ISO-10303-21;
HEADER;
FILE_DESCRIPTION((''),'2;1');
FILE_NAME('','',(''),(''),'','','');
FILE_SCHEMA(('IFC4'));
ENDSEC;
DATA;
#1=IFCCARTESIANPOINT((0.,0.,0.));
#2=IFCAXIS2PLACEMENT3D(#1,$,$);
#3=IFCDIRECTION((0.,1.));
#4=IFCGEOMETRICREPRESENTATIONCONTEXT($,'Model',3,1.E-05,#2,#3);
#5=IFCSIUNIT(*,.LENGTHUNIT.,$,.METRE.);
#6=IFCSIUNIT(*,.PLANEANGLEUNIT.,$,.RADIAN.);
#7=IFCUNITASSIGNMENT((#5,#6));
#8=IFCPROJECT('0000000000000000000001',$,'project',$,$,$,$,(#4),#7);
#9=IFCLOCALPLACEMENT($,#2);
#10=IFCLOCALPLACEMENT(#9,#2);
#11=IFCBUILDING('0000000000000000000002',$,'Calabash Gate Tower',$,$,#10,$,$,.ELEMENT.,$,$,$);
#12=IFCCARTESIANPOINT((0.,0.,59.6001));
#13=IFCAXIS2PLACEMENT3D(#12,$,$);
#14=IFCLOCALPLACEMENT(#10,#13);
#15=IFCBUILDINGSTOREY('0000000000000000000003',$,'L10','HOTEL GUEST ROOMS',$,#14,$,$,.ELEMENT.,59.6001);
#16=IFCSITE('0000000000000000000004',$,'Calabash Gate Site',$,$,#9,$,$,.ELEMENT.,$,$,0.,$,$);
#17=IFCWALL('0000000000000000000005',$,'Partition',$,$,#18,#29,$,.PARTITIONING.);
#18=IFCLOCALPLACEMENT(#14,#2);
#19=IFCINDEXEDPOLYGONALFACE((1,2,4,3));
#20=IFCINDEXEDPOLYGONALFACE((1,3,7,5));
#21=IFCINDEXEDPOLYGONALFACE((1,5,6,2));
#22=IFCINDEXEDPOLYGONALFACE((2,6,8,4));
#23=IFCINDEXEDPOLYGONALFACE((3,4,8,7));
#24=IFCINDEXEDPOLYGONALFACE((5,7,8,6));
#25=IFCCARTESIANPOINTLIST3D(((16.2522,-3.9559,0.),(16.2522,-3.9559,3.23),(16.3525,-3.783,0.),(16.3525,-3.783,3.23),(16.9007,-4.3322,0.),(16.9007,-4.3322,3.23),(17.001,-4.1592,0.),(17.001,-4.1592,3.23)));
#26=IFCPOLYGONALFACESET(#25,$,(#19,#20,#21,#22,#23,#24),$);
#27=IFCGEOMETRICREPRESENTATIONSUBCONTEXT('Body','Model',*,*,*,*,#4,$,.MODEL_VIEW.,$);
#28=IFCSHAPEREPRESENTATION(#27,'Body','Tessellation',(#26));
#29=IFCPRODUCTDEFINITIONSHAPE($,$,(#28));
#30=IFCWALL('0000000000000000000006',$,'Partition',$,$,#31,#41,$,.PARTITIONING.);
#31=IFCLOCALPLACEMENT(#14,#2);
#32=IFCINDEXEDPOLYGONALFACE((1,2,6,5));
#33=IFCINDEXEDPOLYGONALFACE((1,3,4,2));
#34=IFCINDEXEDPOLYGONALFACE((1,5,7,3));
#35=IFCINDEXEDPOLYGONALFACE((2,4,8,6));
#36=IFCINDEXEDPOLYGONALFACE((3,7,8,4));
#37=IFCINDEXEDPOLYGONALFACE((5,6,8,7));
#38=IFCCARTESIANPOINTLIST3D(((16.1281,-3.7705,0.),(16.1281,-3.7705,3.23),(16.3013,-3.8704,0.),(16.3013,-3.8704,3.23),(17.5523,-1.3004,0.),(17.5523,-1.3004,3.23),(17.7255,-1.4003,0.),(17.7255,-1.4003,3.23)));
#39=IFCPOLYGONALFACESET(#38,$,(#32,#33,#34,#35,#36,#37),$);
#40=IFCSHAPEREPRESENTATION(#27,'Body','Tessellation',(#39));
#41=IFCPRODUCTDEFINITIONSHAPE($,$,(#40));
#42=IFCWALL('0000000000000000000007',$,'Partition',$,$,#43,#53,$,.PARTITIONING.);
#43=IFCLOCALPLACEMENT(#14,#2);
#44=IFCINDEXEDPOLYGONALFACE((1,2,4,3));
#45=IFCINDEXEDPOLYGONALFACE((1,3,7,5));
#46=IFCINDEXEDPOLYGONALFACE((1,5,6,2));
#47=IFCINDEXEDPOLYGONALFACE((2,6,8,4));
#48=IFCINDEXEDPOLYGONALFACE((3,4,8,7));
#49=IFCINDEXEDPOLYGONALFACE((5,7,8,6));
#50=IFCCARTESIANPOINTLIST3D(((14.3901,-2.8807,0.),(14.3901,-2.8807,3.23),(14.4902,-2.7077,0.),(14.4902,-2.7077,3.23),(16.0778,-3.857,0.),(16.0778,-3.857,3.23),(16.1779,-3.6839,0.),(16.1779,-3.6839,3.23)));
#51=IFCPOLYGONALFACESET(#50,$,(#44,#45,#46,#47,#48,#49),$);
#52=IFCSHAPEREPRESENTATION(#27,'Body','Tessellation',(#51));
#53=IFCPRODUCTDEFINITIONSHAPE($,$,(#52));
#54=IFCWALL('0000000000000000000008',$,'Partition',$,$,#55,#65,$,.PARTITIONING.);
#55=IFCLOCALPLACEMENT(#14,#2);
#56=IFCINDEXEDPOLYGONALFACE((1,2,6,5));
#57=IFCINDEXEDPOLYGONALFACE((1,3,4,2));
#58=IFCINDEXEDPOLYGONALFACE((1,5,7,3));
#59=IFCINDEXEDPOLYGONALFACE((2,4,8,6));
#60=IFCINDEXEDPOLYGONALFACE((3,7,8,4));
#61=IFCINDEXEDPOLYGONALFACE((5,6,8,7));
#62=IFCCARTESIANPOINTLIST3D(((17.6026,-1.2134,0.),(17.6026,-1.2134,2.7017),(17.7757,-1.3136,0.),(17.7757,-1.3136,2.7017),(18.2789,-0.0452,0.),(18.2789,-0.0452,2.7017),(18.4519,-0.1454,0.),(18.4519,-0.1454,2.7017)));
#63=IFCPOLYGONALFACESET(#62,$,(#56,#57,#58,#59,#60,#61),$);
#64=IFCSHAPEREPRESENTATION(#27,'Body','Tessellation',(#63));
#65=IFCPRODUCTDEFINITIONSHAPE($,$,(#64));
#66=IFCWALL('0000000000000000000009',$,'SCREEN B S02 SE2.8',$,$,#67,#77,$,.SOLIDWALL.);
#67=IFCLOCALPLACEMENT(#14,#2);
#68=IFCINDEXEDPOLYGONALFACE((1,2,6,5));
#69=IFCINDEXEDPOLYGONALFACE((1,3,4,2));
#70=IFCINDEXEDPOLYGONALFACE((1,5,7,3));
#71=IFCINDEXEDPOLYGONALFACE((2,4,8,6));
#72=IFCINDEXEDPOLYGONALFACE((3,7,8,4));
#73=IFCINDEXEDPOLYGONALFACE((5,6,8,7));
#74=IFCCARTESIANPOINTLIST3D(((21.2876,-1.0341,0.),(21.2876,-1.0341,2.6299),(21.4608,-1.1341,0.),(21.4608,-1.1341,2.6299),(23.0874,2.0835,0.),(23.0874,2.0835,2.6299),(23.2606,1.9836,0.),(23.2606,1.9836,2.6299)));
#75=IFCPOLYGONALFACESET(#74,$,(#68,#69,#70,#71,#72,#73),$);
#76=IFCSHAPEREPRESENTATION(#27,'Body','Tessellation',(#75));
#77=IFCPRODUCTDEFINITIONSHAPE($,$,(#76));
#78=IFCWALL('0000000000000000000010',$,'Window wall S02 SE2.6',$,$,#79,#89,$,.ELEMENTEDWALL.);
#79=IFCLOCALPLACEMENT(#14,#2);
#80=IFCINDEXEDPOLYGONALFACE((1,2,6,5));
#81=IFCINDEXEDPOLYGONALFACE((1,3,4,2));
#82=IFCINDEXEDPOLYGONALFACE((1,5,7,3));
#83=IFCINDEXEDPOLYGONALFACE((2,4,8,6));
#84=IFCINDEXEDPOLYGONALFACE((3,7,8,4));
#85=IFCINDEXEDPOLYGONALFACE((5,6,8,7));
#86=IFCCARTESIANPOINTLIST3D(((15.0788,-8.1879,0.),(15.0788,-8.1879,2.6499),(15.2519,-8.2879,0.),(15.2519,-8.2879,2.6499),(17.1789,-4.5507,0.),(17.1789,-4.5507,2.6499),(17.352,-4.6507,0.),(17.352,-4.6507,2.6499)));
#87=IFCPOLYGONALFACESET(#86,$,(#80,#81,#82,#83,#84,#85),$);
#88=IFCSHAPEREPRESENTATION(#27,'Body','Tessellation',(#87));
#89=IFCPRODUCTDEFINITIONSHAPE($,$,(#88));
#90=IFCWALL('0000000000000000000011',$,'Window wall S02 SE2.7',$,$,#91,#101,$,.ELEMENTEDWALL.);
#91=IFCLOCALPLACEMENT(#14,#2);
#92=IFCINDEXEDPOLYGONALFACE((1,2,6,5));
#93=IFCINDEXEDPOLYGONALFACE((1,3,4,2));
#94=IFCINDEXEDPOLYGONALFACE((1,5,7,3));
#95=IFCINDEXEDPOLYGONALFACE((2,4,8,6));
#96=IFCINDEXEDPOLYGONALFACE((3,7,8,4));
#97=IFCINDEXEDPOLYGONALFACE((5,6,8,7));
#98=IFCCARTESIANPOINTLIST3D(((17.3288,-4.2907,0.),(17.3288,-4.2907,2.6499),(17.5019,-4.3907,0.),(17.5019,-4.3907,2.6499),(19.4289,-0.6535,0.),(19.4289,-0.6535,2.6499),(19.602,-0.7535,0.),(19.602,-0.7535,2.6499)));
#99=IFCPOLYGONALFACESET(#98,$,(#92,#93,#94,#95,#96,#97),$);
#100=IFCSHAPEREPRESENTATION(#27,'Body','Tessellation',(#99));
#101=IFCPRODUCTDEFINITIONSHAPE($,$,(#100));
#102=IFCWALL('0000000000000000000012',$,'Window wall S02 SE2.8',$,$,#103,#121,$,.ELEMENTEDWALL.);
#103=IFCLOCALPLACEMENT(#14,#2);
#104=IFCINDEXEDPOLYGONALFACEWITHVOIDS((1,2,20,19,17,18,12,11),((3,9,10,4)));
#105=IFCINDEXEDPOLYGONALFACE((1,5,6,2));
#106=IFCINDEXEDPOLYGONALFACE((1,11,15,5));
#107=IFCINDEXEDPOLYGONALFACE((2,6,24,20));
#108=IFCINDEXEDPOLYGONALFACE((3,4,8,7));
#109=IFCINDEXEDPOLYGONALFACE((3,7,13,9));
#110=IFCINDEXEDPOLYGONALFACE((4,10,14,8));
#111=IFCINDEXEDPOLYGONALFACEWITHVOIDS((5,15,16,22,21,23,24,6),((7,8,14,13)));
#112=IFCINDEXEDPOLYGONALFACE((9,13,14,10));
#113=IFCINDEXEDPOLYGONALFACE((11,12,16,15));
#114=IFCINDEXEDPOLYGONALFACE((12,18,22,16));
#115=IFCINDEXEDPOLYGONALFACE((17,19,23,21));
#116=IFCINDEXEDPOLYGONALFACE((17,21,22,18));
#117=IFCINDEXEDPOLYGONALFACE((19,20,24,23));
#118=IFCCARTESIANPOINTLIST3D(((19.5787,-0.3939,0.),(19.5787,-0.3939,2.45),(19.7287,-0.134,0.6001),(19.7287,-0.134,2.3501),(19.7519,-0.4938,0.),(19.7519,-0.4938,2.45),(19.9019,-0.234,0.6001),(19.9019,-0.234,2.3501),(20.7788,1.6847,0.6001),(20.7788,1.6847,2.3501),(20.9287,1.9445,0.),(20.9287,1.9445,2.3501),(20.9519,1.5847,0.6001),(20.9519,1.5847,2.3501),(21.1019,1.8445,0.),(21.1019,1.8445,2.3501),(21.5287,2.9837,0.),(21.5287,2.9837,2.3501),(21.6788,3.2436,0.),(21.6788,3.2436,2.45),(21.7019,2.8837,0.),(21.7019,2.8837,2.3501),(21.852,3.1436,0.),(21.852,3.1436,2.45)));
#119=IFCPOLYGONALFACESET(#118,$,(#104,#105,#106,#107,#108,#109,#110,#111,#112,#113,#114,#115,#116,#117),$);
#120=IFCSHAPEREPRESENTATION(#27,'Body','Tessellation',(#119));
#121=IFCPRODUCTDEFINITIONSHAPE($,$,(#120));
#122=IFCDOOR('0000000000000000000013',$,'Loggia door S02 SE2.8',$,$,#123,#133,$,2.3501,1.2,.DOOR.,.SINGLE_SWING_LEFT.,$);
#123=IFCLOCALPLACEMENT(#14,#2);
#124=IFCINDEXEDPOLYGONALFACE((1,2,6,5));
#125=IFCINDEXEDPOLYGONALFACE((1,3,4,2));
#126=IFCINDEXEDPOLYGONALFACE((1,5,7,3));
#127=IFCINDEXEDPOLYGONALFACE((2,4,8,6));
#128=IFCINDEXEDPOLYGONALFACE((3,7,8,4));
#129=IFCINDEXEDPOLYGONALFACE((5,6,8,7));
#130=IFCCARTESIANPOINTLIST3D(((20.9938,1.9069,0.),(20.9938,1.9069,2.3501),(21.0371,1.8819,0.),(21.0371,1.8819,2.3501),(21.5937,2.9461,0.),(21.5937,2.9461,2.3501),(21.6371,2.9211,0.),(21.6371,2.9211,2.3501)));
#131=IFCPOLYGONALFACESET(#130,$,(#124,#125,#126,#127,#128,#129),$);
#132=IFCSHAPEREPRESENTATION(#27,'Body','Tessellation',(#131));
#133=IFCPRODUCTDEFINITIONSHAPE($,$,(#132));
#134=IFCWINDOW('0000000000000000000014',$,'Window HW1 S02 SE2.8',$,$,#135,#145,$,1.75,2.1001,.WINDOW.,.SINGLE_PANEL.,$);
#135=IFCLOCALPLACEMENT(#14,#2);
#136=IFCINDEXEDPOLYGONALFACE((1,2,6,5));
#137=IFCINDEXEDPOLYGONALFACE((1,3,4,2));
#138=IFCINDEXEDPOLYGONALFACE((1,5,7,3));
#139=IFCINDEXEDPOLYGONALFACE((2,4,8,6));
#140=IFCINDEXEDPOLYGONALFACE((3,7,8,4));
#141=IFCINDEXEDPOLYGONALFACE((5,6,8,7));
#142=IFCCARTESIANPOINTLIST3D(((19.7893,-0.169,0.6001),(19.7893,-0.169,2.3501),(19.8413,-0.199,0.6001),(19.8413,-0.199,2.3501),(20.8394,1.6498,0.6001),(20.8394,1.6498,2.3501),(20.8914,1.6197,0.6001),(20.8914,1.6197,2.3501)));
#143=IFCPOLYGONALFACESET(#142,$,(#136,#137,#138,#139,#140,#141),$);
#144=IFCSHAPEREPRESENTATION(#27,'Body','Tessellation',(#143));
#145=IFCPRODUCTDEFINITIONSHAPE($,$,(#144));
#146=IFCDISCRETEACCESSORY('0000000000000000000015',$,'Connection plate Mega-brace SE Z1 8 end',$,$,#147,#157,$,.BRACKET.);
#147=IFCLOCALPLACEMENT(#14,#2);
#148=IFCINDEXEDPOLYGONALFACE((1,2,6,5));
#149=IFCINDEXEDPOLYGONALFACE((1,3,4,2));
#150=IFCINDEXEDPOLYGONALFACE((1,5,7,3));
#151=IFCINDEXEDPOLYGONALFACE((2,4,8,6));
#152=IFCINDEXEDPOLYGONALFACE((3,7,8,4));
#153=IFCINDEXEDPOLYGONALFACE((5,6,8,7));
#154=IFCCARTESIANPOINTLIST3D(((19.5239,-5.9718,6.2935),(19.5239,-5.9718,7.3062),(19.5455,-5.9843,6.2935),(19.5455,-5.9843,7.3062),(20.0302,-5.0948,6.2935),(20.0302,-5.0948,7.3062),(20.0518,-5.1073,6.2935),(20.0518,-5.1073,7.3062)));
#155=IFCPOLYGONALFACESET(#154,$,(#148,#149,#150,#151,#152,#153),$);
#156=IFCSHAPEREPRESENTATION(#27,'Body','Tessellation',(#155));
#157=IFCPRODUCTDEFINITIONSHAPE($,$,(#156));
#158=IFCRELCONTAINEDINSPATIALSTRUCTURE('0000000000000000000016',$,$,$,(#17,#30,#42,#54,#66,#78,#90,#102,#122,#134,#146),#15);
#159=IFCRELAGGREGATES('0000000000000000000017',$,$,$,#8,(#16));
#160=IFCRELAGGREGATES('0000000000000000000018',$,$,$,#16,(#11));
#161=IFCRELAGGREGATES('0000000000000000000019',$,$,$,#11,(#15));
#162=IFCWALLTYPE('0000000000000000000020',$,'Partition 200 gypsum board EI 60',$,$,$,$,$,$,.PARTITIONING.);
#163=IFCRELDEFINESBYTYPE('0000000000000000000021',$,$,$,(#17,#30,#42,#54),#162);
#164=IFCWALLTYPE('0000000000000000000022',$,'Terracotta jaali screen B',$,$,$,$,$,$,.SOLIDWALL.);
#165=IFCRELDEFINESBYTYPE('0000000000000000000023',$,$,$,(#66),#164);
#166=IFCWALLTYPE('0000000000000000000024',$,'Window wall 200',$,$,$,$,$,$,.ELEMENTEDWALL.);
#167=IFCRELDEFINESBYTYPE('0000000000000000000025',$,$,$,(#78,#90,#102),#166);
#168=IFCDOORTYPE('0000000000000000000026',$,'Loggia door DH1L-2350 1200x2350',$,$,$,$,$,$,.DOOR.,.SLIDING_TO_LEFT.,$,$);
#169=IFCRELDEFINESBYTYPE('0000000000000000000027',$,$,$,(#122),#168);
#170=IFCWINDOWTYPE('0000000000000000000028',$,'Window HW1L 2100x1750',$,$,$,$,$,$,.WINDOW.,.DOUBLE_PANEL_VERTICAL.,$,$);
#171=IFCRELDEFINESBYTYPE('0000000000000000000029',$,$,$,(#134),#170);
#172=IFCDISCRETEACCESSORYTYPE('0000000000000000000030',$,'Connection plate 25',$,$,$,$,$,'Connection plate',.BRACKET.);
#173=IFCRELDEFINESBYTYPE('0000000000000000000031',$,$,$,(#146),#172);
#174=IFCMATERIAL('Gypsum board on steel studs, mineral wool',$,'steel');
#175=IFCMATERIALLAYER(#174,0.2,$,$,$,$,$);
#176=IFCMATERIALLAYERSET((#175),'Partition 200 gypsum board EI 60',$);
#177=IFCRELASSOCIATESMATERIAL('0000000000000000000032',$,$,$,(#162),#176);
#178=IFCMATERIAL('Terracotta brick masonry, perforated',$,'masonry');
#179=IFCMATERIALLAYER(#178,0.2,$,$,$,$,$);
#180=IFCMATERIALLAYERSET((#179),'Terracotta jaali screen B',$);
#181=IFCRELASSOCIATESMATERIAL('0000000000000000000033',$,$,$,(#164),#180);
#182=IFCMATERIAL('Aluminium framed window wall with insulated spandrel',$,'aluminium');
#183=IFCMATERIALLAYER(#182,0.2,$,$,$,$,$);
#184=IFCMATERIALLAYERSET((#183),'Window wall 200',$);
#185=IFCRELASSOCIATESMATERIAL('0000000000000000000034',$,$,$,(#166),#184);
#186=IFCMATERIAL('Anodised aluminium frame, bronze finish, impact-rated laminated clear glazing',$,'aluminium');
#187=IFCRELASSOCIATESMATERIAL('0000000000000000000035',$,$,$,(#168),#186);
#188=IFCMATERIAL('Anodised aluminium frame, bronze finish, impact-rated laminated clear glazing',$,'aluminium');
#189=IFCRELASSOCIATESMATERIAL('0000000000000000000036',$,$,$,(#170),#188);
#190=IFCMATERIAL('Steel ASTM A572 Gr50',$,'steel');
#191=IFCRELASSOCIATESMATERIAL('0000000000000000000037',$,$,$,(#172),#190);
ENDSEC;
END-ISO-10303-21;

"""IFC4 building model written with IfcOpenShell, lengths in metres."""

from ifc_helpers import new_model, si_unit, direction, frame, frame_2d, origin, origin_2d, place, context, subcontext, project, spatial, rectangle, extrude, material, layer, layer_set, type_object, element, fill, save


model = new_model("IFC4")

# Units and contexts
model_context = context("Model", 3, precision=1e-05, world=origin(), true_north=direction((0.0, 1.0)))
body_context = subcontext(model_context, "Body", "Model", "MODEL_VIEW")
ifc_project = project(units=[si_unit("LENGTHUNIT", "METRE"), si_unit("PLANEANGLEUNIT", "RADIAN")], contexts=[model_context])

# Site, building, storey
site_placement = place(None, origin())
site = spatial("IfcSite", under=ifc_project, at=site_placement, Name="Calabash Gate Site", CompositionType="ELEMENT", RefElevation=0.0)
building_placement = place(site_placement, origin())
building = spatial("IfcBuilding", under=site, at=building_placement, Name="Calabash Gate Tower", CompositionType="ELEMENT")
storey_placement = place(building_placement, frame((0.0, 0.0, 59.6001)))
storey = spatial("IfcBuildingStorey", under=building, at=storey_placement, Name="L10", Description="HOTEL GUEST ROOMS", CompositionType="ELEMENT", Elevation=59.6001)

# Walls
ifc_material_1 = material(Name="Gypsum board on steel studs, mineral wool", Category="steel")
ifc_layer_1 = layer(ifc_material_1, 0.2)
ifc_layer_set_1 = layer_set([ifc_layer_1], Name="Partition 200 gypsum board EI 60")
wall_type_1 = type_object("IfcWallType", Name="Partition 200 gypsum board EI 60", PredefinedType="PARTITIONING", material=ifc_layer_set_1)
wall_1_placement = place(storey_placement, frame((16.3022, -3.8694, 0.0), z_axis=(0.0, 0.0, 1.0), x_axis=(0.864958, -0.501845, 0.0)))
element("IfcWall", 1, at=wall_1_placement, inside=storey, type_object=wall_type_1, Name="Partition", PredefinedType="PARTITIONING", context=body_context, shape_type="SweptSolid", body=[
    extrude(rectangle(XDim=0.7498, YDim=0.2, at=frame_2d((0.375, 0.0))), origin(), (0.0, 0.0, 1.0), 3.23),
])
wall_2_placement = place(storey_placement, frame((16.2146, -3.8206, 0.0), z_axis=(0.0, 0.0, 1.0), x_axis=(0.49951, 0.866308, 0.0)))
element("IfcWall", 2, at=wall_2_placement, inside=storey, type_object=wall_type_1, Name="Partition", PredefinedType="PARTITIONING", context=body_context, shape_type="SweptSolid", body=[
    extrude(rectangle(XDim=2.8513, YDim=0.2, at=frame_2d((1.4258, 0.0))), origin(), (0.0, 0.0, 1.0), 3.23),
])
wall_3_placement = place(storey_placement, frame((14.4402, -2.7942, 0.0), z_axis=(0.0, 0.0, 1.0), x_axis=(0.865603, -0.50073, 0.0)))
element("IfcWall", 3, at=wall_3_placement, inside=storey, type_object=wall_type_1, Name="Partition", PredefinedType="PARTITIONING", context=body_context, shape_type="SweptSolid", body=[
    extrude(rectangle(XDim=1.9497, YDim=0.2, at=frame_2d((0.9749, 0.0))), origin(), (0.0, 0.0, 1.0), 3.23),
])
wall_4_placement = place(storey_placement, frame((17.6892, -1.2634, 0.0), z_axis=(0.0, 0.0, 1.0), x_axis=(0.501001, 0.865447, 0.0)))
element("IfcWall", 4, at=wall_4_placement, inside=storey, type_object=wall_type_1, Name="Partition", PredefinedType="PARTITIONING", context=body_context, shape_type="SweptSolid", body=[
    extrude(rectangle(XDim=1.3499, YDim=0.2, at=frame_2d((0.6748, 0.0))), origin(), (0.0, 0.0, 1.0), 2.7017),
])
ifc_material_2 = material(Name="Terracotta brick masonry, perforated", Category="masonry")
ifc_layer_2 = layer(ifc_material_2, 0.2)
ifc_layer_set_2 = layer_set([ifc_layer_2], Name="Terracotta jaali screen B")
wall_type_2 = type_object("IfcWallType", Name="Terracotta jaali screen B", PredefinedType="SOLIDWALL", material=ifc_layer_set_2)
wall_5_placement = place(storey_placement, frame((21.3743, -1.084, 0.0), z_axis=(0.0, 0.0, 1.0), x_axis=(0.499961, 0.866048, 0.0)))
element("IfcWall", 5, at=wall_5_placement, inside=storey, type_object=wall_type_2, Name="SCREEN B S02 SE2.8", PredefinedType="SOLIDWALL", context=body_context, shape_type="SweptSolid", body=[
    extrude(rectangle(XDim=3.5999, YDim=0.2, at=frame_2d((1.7998, 0.0))), origin(), (0.0, 0.0, 1.0), 2.6299),
])
ifc_material_3 = material(Name="Aluminium framed window wall with insulated spandrel", Category="aluminium")
ifc_layer_3 = layer(ifc_material_3, 0.2)
ifc_layer_set_3 = layer_set([ifc_layer_3], Name="Window wall 200")
wall_type_3 = type_object("IfcWallType", Name="Window wall 200", PredefinedType="ELEMENTEDWALL", material=ifc_layer_set_3)
for number, where, z_axis, x_axis, name in (
    (6, (15.1653, -8.238, 0.0), (0.0, 0.0, 1.0), (0.500028, 0.866009, 0.0), "Window wall S02 SE2.6"),
    (7, (17.4153, -4.3408, 0.0), (0.0, 0.0, 1.0), (0.500028, 0.866009, 0.0), "Window wall S02 SE2.7"),
):
    element("IfcWall", number, at=place(storey_placement, frame(where, z_axis=z_axis, x_axis=x_axis)), inside=storey, type_object=wall_type_3, Name=name, PredefinedType="ELEMENTEDWALL", context=body_context, shape_type="SweptSolid", body=[
        extrude(rectangle(XDim=4.2, YDim=0.2, at=frame_2d((2.1001, 0.0))), origin(), (0.0, 0.0, 1.0), 2.6499),
    ])

# Wall, openings, door, window
wall_6_placement = place(storey_placement, frame((19.6653, -0.4438, 0.0), z_axis=(0.0, 0.0, 1.0), x_axis=(0.500003, 0.866024, 0.0)))
wall_6 = element("IfcWall", 8, at=wall_6_placement, inside=storey, type_object=wall_type_3, Name="Window wall S02 SE2.8", PredefinedType="ELEMENTEDWALL", context=body_context, shape_type="SweptSolid", body=[
    extrude(rectangle(XDim=4.2002, YDim=0.2, at=frame_2d((2.1001, 0.0))), origin(), (0.0, 0.0, 1.0), 2.45),
])
opening_1_placement = place(wall_6_placement, frame((0.3, 0.0, 0.6001)))
opening_1 = element("IfcOpeningElement", 9, at=opening_1_placement, cuts=wall_6, PredefinedType="OPENING", context=body_context, shape_type="SweptSolid", body=[
    extrude(rectangle(XDim=2.1001, YDim=1.75, at=frame_2d((1.05, 0.875))), frame((0.0, 0.1099, 0.0), z_axis=(0.0, -1.0, 0.0), x_axis=(1.0, 0.0, 0.0)), (0.0, 0.0, 1.0), 0.22),
])
opening_2_placement = place(wall_6_placement, frame((2.7, 0.0, 0.0)))
opening_2 = element("IfcOpeningElement", 10, at=opening_2_placement, cuts=wall_6, PredefinedType="OPENING", context=body_context, shape_type="SweptSolid", body=[
    extrude(rectangle(XDim=1.2, YDim=2.3501, at=frame_2d((0.6001, 1.175))), frame((0.0, 0.1099, 0.0), z_axis=(0.0, -1.0, 0.0), x_axis=(1.0, 0.0, 0.0)), (0.0, 0.0, 1.0), 0.22),
])
ifc_material_4 = material(Name="Anodised aluminium frame, bronze finish, impact-rated laminated clear glazing", Category="aluminium")
door_type = type_object("IfcDoorType", Name="Loggia door DH1L-2350 1200x2350", OperationType="SLIDING_TO_LEFT", PredefinedType="DOOR", material=ifc_material_4)
door_placement = place(opening_2_placement, origin())
door = element("IfcDoor", 11, at=door_placement, inside=storey, type_object=door_type, Name="Loggia door S02 SE2.8", OperationType="SINGLE_SWING_LEFT", OverallHeight=2.3501, OverallWidth=1.2, PredefinedType="DOOR", context=body_context, shape_type="SweptSolid", body=[
    extrude(rectangle(XDim=1.2, YDim=2.3501, at=frame_2d((0.6001, 1.175))), frame((0.0, 0.0249, 0.0), z_axis=(0.0, -1.0, 0.0), x_axis=(1.0, 0.0, 0.0)), (0.0, 0.0, 1.0), 0.05),
])
fill(opening_2, door)
ifc_material_5 = material(Name="Anodised aluminium frame, bronze finish, impact-rated laminated clear glazing", Category="aluminium")
window_type = type_object("IfcWindowType", Name="Window HW1L 2100x1750", PartitioningType="DOUBLE_PANEL_VERTICAL", PredefinedType="WINDOW", material=ifc_material_5)
window_placement = place(opening_1_placement, origin())
window = element("IfcWindow", 12, at=window_placement, inside=storey, type_object=window_type, Name="Window HW1 S02 SE2.8", OverallHeight=1.75, OverallWidth=2.1001, PartitioningType="SINGLE_PANEL", PredefinedType="WINDOW", context=body_context, shape_type="SweptSolid", body=[
    extrude(rectangle(XDim=2.1001, YDim=1.75, at=frame_2d((1.05, 0.875))), frame((0.0, 0.03, 0.0), z_axis=(0.0, -1.0, 0.0), x_axis=(1.0, 0.0, 0.0)), (0.0, 0.0, 1.0), 0.0601),
])
fill(opening_1, window)

# Discrete accessory
ifc_material_6 = material(Name="Steel ASTM A572 Gr50", Category="steel")
discrete_accessory_type = type_object("IfcDiscreteAccessoryType", Name="Connection plate 25", ElementType="Connection plate", PredefinedType="BRACKET", material=ifc_material_6)
discrete_accessory_placement = place(storey_placement, frame((19.7878, -5.5396, 6.2935), z_axis=(0.0, 0.0, 1.0), x_axis=(0.5, 0.866025, 0.0)))
element("IfcDiscreteAccessory", 13, at=discrete_accessory_placement, inside=storey, type_object=discrete_accessory_type, Name="Connection plate Mega-brace SE Z1 8 end", PredefinedType="BRACKET", context=body_context, shape_type="SweptSolid", body=[
    extrude(rectangle(XDim=1.0127, YDim=0.0249, at=origin_2d()), origin(), (0.0, 0.0, 1.0), 1.0127),
])

save(model, "model.ifc")
